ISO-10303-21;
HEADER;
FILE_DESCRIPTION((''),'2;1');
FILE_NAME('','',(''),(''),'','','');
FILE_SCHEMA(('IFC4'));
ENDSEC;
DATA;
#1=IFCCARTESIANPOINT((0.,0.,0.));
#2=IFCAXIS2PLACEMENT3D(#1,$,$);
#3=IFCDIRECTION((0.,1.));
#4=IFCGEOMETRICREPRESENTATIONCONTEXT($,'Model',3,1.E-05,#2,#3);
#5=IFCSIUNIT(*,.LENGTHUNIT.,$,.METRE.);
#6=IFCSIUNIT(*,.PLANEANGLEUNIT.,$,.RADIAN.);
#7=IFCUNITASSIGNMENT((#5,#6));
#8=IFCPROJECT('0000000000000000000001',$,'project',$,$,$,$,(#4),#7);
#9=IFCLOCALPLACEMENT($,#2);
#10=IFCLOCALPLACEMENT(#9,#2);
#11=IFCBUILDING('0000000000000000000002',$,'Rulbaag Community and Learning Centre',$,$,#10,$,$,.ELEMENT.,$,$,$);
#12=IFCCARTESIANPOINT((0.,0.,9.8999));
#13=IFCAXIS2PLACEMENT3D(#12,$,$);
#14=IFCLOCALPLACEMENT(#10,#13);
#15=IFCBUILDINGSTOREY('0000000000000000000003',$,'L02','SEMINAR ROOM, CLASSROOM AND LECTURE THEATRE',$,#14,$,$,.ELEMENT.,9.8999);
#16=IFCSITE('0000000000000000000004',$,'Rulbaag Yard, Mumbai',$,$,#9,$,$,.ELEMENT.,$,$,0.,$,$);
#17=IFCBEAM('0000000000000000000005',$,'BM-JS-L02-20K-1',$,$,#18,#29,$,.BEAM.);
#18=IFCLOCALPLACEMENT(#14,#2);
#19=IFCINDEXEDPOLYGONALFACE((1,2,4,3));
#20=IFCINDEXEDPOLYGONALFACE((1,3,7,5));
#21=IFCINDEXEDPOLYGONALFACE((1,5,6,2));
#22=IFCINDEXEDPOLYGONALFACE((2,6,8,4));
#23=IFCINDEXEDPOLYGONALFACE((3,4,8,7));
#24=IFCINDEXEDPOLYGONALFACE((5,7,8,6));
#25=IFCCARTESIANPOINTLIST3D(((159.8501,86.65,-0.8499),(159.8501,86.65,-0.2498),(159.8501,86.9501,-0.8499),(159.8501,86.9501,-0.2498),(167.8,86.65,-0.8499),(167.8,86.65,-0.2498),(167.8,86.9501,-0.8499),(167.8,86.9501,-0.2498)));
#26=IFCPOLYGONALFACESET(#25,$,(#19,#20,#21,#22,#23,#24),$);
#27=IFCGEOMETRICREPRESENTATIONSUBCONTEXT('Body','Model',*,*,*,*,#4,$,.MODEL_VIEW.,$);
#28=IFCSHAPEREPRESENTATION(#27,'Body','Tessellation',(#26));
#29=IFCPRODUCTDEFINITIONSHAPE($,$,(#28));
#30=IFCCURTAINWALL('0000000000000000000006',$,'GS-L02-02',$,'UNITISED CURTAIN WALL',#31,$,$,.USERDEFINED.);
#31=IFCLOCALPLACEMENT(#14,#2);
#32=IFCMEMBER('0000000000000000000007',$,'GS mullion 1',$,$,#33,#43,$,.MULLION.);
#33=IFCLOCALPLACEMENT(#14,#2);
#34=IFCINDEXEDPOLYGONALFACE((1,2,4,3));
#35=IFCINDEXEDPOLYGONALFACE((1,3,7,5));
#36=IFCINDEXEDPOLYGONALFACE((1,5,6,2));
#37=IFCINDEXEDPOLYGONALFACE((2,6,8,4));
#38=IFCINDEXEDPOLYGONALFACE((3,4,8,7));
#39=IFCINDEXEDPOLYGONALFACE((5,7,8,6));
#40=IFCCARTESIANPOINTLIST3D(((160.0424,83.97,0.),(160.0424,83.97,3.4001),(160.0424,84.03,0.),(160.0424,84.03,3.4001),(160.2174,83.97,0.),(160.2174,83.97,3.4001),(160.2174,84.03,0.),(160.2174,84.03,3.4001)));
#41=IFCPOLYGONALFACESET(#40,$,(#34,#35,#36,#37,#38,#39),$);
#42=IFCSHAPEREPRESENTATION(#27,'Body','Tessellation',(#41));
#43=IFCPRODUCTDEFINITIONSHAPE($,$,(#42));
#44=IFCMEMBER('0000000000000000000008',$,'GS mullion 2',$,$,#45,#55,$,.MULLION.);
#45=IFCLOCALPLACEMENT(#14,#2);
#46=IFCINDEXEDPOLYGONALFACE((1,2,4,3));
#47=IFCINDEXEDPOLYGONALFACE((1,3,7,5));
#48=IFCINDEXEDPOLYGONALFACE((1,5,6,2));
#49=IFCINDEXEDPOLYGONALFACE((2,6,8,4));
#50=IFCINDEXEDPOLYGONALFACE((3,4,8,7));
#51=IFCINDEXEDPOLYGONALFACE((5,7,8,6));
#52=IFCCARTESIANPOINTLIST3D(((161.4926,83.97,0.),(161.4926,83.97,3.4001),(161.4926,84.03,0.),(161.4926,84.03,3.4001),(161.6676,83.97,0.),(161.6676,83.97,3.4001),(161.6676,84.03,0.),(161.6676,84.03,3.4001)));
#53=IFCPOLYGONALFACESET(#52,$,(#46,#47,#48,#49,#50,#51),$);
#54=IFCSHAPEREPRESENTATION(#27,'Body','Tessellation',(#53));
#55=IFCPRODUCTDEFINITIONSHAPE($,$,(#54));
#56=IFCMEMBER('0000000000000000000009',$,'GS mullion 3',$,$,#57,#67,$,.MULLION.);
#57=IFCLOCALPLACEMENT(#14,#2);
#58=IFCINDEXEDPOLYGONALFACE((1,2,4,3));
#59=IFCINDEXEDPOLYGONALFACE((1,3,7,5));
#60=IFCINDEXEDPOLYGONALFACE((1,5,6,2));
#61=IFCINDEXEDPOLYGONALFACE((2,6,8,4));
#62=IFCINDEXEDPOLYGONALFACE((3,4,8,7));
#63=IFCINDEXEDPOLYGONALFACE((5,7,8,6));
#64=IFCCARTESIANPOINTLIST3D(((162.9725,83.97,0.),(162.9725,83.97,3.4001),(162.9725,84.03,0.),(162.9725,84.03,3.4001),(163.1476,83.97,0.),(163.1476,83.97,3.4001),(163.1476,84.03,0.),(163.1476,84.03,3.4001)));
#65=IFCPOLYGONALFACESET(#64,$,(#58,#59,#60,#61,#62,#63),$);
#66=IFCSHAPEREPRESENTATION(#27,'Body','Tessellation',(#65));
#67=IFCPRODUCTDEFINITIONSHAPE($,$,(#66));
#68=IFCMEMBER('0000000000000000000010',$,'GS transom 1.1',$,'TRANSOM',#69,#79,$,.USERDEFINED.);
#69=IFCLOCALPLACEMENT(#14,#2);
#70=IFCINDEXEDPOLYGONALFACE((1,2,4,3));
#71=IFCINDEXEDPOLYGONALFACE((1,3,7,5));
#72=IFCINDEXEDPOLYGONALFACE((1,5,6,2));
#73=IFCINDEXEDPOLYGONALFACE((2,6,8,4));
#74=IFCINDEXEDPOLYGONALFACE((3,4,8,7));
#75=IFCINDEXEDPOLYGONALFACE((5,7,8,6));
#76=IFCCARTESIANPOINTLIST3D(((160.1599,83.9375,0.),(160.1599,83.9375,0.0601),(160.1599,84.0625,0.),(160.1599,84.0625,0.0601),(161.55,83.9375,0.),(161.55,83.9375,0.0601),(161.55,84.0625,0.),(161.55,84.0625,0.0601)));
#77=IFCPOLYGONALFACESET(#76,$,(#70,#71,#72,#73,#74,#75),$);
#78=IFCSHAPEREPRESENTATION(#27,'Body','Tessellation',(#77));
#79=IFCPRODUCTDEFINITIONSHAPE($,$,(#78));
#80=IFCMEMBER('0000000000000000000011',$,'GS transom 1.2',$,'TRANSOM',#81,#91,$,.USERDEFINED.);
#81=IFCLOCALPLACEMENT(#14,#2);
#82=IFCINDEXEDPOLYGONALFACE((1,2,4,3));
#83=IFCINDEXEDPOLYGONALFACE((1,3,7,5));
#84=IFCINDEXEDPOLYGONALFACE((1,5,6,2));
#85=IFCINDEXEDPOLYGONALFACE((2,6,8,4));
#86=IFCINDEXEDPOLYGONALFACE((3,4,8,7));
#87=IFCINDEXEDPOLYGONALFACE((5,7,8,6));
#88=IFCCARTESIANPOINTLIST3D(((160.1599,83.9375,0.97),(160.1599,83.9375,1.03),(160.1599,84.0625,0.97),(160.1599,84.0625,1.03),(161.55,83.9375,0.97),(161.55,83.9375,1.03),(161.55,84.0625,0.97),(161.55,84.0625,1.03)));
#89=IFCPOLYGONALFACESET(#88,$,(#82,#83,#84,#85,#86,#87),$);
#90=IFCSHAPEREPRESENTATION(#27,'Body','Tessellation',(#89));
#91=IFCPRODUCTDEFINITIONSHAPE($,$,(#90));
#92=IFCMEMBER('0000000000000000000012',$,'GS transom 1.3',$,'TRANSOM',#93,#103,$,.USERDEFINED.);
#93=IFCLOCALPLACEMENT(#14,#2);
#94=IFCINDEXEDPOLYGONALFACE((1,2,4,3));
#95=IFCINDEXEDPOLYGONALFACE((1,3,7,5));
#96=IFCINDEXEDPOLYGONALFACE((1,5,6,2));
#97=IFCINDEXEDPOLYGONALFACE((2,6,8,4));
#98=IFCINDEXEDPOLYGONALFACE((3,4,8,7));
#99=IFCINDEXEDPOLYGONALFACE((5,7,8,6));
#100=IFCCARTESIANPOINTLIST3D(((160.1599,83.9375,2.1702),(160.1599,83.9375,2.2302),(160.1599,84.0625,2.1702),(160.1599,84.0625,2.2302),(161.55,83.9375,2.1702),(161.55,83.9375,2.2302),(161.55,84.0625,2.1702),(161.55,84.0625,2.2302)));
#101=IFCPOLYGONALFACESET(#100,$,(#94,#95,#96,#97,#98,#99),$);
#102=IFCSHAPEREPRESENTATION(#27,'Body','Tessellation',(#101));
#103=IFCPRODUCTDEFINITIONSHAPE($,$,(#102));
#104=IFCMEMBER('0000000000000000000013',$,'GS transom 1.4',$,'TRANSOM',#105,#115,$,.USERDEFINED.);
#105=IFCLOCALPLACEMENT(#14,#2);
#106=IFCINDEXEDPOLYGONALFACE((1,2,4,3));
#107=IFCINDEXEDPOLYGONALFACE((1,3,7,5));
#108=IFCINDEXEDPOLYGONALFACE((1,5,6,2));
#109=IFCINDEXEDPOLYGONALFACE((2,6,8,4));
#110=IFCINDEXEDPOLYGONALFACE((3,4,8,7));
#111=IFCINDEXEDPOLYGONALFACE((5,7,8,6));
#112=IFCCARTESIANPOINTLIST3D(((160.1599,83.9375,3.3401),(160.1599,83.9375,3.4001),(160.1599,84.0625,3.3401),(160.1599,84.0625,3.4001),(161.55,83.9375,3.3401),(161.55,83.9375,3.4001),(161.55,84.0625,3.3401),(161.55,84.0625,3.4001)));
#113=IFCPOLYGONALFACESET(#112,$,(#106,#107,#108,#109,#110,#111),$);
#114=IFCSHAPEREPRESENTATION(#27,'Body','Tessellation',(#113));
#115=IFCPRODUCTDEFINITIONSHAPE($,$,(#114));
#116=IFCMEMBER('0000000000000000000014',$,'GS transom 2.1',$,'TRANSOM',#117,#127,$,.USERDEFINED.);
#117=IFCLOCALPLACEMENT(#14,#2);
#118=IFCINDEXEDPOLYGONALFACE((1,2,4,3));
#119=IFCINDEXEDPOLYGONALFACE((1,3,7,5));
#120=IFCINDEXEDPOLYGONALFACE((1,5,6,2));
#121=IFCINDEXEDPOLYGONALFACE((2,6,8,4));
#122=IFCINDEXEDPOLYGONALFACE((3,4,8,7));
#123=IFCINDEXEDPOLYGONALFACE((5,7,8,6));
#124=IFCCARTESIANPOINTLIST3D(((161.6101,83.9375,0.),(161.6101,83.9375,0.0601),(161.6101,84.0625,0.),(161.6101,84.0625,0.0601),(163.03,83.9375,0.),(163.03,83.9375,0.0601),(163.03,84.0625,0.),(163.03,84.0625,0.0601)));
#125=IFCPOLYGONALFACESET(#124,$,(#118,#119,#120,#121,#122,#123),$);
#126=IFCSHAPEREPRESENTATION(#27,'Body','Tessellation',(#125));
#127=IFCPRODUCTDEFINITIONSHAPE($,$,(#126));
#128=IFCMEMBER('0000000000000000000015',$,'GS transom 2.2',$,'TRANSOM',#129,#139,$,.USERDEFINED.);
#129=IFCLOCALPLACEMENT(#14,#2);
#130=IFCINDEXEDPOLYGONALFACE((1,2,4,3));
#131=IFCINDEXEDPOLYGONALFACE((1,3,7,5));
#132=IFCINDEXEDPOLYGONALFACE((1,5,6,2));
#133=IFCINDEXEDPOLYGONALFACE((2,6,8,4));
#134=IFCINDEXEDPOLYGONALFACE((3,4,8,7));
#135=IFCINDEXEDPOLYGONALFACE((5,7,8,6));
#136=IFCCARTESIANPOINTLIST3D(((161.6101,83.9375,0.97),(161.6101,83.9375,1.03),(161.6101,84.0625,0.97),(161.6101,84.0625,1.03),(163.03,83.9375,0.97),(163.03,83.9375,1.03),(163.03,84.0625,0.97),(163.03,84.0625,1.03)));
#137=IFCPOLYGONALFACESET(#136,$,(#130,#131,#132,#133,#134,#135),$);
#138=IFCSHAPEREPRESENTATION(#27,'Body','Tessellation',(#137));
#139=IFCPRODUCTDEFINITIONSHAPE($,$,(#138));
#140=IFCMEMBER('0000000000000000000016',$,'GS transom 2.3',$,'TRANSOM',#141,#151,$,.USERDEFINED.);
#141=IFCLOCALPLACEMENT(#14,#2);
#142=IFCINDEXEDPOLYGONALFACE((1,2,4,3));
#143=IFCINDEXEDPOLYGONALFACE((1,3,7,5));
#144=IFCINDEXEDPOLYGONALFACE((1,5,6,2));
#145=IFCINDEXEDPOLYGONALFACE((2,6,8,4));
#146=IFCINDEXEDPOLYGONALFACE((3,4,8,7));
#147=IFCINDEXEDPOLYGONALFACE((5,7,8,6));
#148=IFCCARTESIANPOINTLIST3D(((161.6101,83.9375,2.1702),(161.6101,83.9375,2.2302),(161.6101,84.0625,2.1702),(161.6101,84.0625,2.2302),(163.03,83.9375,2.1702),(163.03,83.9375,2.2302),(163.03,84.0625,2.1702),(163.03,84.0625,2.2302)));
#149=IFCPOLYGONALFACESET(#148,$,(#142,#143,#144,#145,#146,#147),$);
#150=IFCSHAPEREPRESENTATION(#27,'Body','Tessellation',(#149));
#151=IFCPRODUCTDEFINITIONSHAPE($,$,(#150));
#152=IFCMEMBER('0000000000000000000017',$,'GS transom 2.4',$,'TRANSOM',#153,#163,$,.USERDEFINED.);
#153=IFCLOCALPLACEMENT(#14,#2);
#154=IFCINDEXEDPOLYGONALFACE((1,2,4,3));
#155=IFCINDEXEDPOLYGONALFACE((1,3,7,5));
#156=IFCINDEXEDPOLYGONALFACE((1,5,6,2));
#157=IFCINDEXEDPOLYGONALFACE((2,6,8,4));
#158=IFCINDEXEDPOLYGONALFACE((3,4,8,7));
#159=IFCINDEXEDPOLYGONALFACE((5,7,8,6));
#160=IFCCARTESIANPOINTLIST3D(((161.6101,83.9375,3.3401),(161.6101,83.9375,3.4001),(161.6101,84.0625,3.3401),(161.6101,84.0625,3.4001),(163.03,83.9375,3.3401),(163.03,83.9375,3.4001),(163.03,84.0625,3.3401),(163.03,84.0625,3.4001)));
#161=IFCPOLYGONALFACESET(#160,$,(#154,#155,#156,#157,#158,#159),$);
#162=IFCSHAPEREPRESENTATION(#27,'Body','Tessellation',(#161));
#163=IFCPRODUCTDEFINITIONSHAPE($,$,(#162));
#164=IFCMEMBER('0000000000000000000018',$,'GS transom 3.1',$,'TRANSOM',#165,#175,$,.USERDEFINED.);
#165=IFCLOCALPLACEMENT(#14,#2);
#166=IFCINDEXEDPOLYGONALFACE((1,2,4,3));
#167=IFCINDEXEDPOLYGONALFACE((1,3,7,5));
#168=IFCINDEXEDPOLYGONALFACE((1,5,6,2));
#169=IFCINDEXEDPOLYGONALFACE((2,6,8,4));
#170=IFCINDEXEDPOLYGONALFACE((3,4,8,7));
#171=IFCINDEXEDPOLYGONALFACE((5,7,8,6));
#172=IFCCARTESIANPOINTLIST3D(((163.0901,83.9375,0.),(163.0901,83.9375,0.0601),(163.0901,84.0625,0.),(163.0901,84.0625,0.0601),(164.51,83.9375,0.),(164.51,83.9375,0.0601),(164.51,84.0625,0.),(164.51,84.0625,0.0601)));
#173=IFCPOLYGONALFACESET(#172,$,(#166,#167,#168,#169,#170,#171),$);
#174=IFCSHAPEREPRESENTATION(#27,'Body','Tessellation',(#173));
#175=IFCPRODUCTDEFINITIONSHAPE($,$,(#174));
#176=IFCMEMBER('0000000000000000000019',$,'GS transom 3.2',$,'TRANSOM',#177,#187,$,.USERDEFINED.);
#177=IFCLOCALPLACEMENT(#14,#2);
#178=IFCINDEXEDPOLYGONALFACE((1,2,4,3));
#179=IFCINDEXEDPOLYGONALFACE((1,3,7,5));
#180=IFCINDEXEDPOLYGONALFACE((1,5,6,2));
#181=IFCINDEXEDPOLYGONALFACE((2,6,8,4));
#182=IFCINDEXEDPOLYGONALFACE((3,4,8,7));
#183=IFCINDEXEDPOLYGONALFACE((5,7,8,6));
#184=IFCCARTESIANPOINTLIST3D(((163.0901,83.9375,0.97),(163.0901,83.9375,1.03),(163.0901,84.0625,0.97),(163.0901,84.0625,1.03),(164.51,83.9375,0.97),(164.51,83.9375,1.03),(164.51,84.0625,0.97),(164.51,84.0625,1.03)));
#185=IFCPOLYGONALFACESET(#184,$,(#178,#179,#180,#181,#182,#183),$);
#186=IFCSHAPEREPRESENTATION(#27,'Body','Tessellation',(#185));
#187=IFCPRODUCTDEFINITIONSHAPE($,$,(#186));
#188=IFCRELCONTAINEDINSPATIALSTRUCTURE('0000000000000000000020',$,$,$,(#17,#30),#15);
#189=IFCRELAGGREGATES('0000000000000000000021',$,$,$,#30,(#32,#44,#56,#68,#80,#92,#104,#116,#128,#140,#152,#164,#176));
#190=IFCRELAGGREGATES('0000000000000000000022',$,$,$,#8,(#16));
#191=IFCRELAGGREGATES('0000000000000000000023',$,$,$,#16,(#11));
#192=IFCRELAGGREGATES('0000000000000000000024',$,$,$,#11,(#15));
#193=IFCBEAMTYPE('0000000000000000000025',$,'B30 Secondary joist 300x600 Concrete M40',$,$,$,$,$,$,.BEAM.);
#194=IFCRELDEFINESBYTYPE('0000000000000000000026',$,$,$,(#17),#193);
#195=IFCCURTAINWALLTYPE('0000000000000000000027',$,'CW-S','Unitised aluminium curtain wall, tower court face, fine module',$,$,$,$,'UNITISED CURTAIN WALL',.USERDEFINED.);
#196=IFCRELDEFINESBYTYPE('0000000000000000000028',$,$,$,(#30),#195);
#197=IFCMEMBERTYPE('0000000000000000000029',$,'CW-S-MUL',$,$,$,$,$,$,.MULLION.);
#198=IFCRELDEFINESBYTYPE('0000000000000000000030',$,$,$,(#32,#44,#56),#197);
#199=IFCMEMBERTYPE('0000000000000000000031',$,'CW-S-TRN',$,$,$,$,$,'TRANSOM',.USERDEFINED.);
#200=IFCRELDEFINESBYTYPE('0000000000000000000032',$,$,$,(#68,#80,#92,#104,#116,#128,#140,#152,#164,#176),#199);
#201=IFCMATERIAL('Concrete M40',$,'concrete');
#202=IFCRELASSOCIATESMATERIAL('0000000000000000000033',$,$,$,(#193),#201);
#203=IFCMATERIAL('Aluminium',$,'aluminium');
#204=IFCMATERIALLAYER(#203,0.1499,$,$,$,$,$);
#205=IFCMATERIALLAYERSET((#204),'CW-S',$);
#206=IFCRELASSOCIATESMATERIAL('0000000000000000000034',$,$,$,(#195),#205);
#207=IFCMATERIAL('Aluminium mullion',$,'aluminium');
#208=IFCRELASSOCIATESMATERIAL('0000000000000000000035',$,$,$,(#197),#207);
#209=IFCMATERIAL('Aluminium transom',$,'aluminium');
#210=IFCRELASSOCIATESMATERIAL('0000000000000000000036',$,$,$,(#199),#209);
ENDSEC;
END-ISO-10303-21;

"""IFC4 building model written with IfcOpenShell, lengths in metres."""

from ifc_helpers import new_model, si_unit, direction, frame, origin, origin_2d, place, context, subcontext, project, spatial, rectangle, extrude, material, layer, layer_set, material_profile, profile_set, type_object, element, aggregate, save


model = new_model("IFC4")

# Units and contexts
model_context = context("Model", 3, precision=1e-05, world=origin(), true_north=direction((0.0, 1.0)))
body_context = subcontext(model_context, "Body", "Model", "MODEL_VIEW")
ifc_project = project(units=[si_unit("LENGTHUNIT", "METRE"), si_unit("PLANEANGLEUNIT", "RADIAN")], contexts=[model_context])

# Site, building, storey
site_placement = place(None, origin())
site = spatial("IfcSite", under=ifc_project, at=site_placement, Name="Rulbaag Yard, Mumbai", CompositionType="ELEMENT", RefElevation=0.0)
building_placement = place(site_placement, origin())
building = spatial("IfcBuilding", under=site, at=building_placement, Name="Rulbaag Community and Learning Centre", CompositionType="ELEMENT")
storey_placement = place(building_placement, frame((0.0, 0.0, 9.8999)))
storey = spatial("IfcBuildingStorey", under=building, at=storey_placement, Name="L02", Description="SEMINAR ROOM, CLASSROOM AND LECTURE THEATRE", CompositionType="ELEMENT", Elevation=9.8999)

# Beam
ifc_material_1 = material(Name="Concrete M40", Category="concrete")
ifc_material_profile_1 = material_profile(ifc_material_1, rectangle(XDim=0.3, YDim=0.6001, at=origin_2d()), Name="RB300x600")
ifc_profile_set_1 = profile_set([ifc_material_profile_1], Name="Concrete M40")
beam_type = type_object("IfcBeamType", Name="B30 Secondary joist 300x600 Concrete M40", PredefinedType="BEAM", material=ifc_profile_set_1)
beam_placement = place(storey_placement, frame((159.8501, 86.8, -0.5498), z_axis=(1.0, 0.0, 0.0), x_axis=(0.0, 1.0, 0.0)))
element("IfcBeam", 1, at=beam_placement, inside=storey, type_object=beam_type, Name="BM-JS-L02-20K-1", PredefinedType="BEAM", context=body_context, shape_type="SweptSolid", body=[
    extrude(rectangle(XDim=0.3, YDim=0.6001, at=origin_2d()), origin(), (0.0, 0.0, 1.0), 7.95),
])

# Curtain wall, members
ifc_material_2 = material(Name="Aluminium", Category="aluminium")
ifc_layer_1 = layer(ifc_material_2, 0.1499)
ifc_layer_set_1 = layer_set([ifc_layer_1], Name="CW-S")
curtain_wall_type = type_object("IfcCurtainWallType", Name="CW-S", Description="Unitised aluminium curtain wall, tower court face, fine module", ElementType="UNITISED CURTAIN WALL", PredefinedType="USERDEFINED", material=ifc_layer_set_1)
curtain_wall_placement = place(storey_placement, origin())
curtain_wall = element("IfcCurtainWall", 2, at=curtain_wall_placement, inside=storey, type_object=curtain_wall_type, Name="GS-L02-02", ObjectType="UNITISED CURTAIN WALL", PredefinedType="USERDEFINED")
ifc_material_3 = material(Name="Aluminium mullion", Category="aluminium")
ifc_material_profile_2 = material_profile(ifc_material_3, rectangle(XDim=0.0601, YDim=0.175, at=origin_2d()), Name="AL 60x175")
ifc_profile_set_2 = profile_set([ifc_material_profile_2], Name="Aluminium mullion")
member_type_1 = type_object("IfcMemberType", Name="CW-S-MUL", PredefinedType="MULLION", material=ifc_profile_set_2)
member_1_placement = place(storey_placement, frame((160.1299, 84.0, 0.0), z_axis=(0.0, 0.0, 1.0), x_axis=(0.0, 1.0, 0.0)))
member_1 = element("IfcMember", 3, at=member_1_placement, type_object=member_type_1, Name="GS mullion 1", PredefinedType="MULLION", context=body_context, shape_type="SweptSolid", body=[
    extrude(rectangle(XDim=0.0601, YDim=0.175, at=origin_2d()), origin(), (0.0, 0.0, 1.0), 3.4001),
])
member_2_placement = place(storey_placement, frame((161.5801, 84.0, 0.0), z_axis=(0.0, 0.0, 1.0), x_axis=(0.0, 1.0, 0.0)))
member_2 = element("IfcMember", 4, at=member_2_placement, type_object=member_type_1, Name="GS mullion 2", PredefinedType="MULLION", context=body_context, shape_type="SweptSolid", body=[
    extrude(rectangle(XDim=0.0601, YDim=0.175, at=origin_2d()), origin(), (0.0, 0.0, 1.0), 3.4001),
])
member_3_placement = place(storey_placement, frame((163.0601, 84.0, 0.0), z_axis=(0.0, 0.0, 1.0), x_axis=(0.0, 1.0, 0.0)))
member_3 = element("IfcMember", 5, at=member_3_placement, type_object=member_type_1, Name="GS mullion 3", PredefinedType="MULLION", context=body_context, shape_type="SweptSolid", body=[
    extrude(rectangle(XDim=0.0601, YDim=0.175, at=origin_2d()), origin(), (0.0, 0.0, 1.0), 3.4001),
])
ifc_material_4 = material(Name="Aluminium transom", Category="aluminium")
ifc_material_profile_3 = material_profile(ifc_material_4, rectangle(XDim=0.125, YDim=0.0601, at=origin_2d()), Name="AL 60x125 T")
ifc_profile_set_3 = profile_set([ifc_material_profile_3], Name="Aluminium transom")
member_type_2 = type_object("IfcMemberType", Name="CW-S-TRN", ElementType="TRANSOM", PredefinedType="USERDEFINED", material=ifc_profile_set_3)
member_4_placement = place(storey_placement, frame((160.1599, 84.0, 0.03), z_axis=(1.0, 0.0, 0.0), x_axis=(0.0, 1.0, 0.0)))
member_4 = element("IfcMember", 6, at=member_4_placement, type_object=member_type_2, Name="GS transom 1.1", ObjectType="TRANSOM", PredefinedType="USERDEFINED", context=body_context, shape_type="SweptSolid", body=[
    extrude(rectangle(XDim=0.125, YDim=0.0601, at=origin_2d()), origin(), (0.0, 0.0, 1.0), 1.3901),
])
member_5_placement = place(storey_placement, frame((160.1599, 84.0, 1.0), z_axis=(1.0, 0.0, 0.0), x_axis=(0.0, 1.0, 0.0)))
member_5 = element("IfcMember", 7, at=member_5_placement, type_object=member_type_2, Name="GS transom 1.2", ObjectType="TRANSOM", PredefinedType="USERDEFINED", context=body_context, shape_type="SweptSolid", body=[
    extrude(rectangle(XDim=0.125, YDim=0.0601, at=origin_2d()), origin(), (0.0, 0.0, 1.0), 1.3901),
])
member_6_placement = place(storey_placement, frame((160.1599, 84.0, 2.2002), z_axis=(1.0, 0.0, 0.0), x_axis=(0.0, 1.0, 0.0)))
member_6 = element("IfcMember", 8, at=member_6_placement, type_object=member_type_2, Name="GS transom 1.3", ObjectType="TRANSOM", PredefinedType="USERDEFINED", context=body_context, shape_type="SweptSolid", body=[
    extrude(rectangle(XDim=0.125, YDim=0.0601, at=origin_2d()), origin(), (0.0, 0.0, 1.0), 1.3901),
])
member_7_placement = place(storey_placement, frame((160.1599, 84.0, 3.3701), z_axis=(1.0, 0.0, 0.0), x_axis=(0.0, 1.0, 0.0)))
member_7 = element("IfcMember", 9, at=member_7_placement, type_object=member_type_2, Name="GS transom 1.4", ObjectType="TRANSOM", PredefinedType="USERDEFINED", context=body_context, shape_type="SweptSolid", body=[
    extrude(rectangle(XDim=0.125, YDim=0.0601, at=origin_2d()), origin(), (0.0, 0.0, 1.0), 1.3901),
])
member_8_placement = place(storey_placement, frame((161.6101, 84.0, 0.03), z_axis=(1.0, 0.0, 0.0), x_axis=(0.0, 1.0, 0.0)))
member_8 = element("IfcMember", 10, at=member_8_placement, type_object=member_type_2, Name="GS transom 2.1", ObjectType="TRANSOM", PredefinedType="USERDEFINED", context=body_context, shape_type="SweptSolid", body=[
    extrude(rectangle(XDim=0.125, YDim=0.0601, at=origin_2d()), origin(), (0.0, 0.0, 1.0), 1.4199),
])
member_9_placement = place(storey_placement, frame((161.6101, 84.0, 1.0), z_axis=(1.0, 0.0, 0.0), x_axis=(0.0, 1.0, 0.0)))
member_9 = element("IfcMember", 11, at=member_9_placement, type_object=member_type_2, Name="GS transom 2.2", ObjectType="TRANSOM", PredefinedType="USERDEFINED", context=body_context, shape_type="SweptSolid", body=[
    extrude(rectangle(XDim=0.125, YDim=0.0601, at=origin_2d()), origin(), (0.0, 0.0, 1.0), 1.4199),
])
member_10_placement = place(storey_placement, frame((161.6101, 84.0, 2.2002), z_axis=(1.0, 0.0, 0.0), x_axis=(0.0, 1.0, 0.0)))
member_10 = element("IfcMember", 12, at=member_10_placement, type_object=member_type_2, Name="GS transom 2.3", ObjectType="TRANSOM", PredefinedType="USERDEFINED", context=body_context, shape_type="SweptSolid", body=[
    extrude(rectangle(XDim=0.125, YDim=0.0601, at=origin_2d()), origin(), (0.0, 0.0, 1.0), 1.4199),
])
member_11_placement = place(storey_placement, frame((161.6101, 84.0, 3.3701), z_axis=(1.0, 0.0, 0.0), x_axis=(0.0, 1.0, 0.0)))
member_11 = element("IfcMember", 13, at=member_11_placement, type_object=member_type_2, Name="GS transom 2.4", ObjectType="TRANSOM", PredefinedType="USERDEFINED", context=body_context, shape_type="SweptSolid", body=[
    extrude(rectangle(XDim=0.125, YDim=0.0601, at=origin_2d()), origin(), (0.0, 0.0, 1.0), 1.4199),
])
member_12_placement = place(storey_placement, frame((163.0901, 84.0, 0.03), z_axis=(1.0, 0.0, 0.0), x_axis=(0.0, 1.0, 0.0)))
member_12 = element("IfcMember", 14, at=member_12_placement, type_object=member_type_2, Name="GS transom 3.1", ObjectType="TRANSOM", PredefinedType="USERDEFINED", context=body_context, shape_type="SweptSolid", body=[
    extrude(rectangle(XDim=0.125, YDim=0.0601, at=origin_2d()), origin(), (0.0, 0.0, 1.0), 1.4199),
])
member_13_placement = place(storey_placement, frame((163.0901, 84.0, 1.0), z_axis=(1.0, 0.0, 0.0), x_axis=(0.0, 1.0, 0.0)))
member_13 = element("IfcMember", 15, at=member_13_placement, type_object=member_type_2, Name="GS transom 3.2", ObjectType="TRANSOM", PredefinedType="USERDEFINED", context=body_context, shape_type="SweptSolid", body=[
    extrude(rectangle(XDim=0.125, YDim=0.0601, at=origin_2d()), origin(), (0.0, 0.0, 1.0), 1.4199),
])
aggregate(curtain_wall, [member_1, member_2, member_3, member_4, member_5, member_6, member_7, member_8, member_9, member_10, member_11, member_12, member_13])

save(model, "model.ifc")
